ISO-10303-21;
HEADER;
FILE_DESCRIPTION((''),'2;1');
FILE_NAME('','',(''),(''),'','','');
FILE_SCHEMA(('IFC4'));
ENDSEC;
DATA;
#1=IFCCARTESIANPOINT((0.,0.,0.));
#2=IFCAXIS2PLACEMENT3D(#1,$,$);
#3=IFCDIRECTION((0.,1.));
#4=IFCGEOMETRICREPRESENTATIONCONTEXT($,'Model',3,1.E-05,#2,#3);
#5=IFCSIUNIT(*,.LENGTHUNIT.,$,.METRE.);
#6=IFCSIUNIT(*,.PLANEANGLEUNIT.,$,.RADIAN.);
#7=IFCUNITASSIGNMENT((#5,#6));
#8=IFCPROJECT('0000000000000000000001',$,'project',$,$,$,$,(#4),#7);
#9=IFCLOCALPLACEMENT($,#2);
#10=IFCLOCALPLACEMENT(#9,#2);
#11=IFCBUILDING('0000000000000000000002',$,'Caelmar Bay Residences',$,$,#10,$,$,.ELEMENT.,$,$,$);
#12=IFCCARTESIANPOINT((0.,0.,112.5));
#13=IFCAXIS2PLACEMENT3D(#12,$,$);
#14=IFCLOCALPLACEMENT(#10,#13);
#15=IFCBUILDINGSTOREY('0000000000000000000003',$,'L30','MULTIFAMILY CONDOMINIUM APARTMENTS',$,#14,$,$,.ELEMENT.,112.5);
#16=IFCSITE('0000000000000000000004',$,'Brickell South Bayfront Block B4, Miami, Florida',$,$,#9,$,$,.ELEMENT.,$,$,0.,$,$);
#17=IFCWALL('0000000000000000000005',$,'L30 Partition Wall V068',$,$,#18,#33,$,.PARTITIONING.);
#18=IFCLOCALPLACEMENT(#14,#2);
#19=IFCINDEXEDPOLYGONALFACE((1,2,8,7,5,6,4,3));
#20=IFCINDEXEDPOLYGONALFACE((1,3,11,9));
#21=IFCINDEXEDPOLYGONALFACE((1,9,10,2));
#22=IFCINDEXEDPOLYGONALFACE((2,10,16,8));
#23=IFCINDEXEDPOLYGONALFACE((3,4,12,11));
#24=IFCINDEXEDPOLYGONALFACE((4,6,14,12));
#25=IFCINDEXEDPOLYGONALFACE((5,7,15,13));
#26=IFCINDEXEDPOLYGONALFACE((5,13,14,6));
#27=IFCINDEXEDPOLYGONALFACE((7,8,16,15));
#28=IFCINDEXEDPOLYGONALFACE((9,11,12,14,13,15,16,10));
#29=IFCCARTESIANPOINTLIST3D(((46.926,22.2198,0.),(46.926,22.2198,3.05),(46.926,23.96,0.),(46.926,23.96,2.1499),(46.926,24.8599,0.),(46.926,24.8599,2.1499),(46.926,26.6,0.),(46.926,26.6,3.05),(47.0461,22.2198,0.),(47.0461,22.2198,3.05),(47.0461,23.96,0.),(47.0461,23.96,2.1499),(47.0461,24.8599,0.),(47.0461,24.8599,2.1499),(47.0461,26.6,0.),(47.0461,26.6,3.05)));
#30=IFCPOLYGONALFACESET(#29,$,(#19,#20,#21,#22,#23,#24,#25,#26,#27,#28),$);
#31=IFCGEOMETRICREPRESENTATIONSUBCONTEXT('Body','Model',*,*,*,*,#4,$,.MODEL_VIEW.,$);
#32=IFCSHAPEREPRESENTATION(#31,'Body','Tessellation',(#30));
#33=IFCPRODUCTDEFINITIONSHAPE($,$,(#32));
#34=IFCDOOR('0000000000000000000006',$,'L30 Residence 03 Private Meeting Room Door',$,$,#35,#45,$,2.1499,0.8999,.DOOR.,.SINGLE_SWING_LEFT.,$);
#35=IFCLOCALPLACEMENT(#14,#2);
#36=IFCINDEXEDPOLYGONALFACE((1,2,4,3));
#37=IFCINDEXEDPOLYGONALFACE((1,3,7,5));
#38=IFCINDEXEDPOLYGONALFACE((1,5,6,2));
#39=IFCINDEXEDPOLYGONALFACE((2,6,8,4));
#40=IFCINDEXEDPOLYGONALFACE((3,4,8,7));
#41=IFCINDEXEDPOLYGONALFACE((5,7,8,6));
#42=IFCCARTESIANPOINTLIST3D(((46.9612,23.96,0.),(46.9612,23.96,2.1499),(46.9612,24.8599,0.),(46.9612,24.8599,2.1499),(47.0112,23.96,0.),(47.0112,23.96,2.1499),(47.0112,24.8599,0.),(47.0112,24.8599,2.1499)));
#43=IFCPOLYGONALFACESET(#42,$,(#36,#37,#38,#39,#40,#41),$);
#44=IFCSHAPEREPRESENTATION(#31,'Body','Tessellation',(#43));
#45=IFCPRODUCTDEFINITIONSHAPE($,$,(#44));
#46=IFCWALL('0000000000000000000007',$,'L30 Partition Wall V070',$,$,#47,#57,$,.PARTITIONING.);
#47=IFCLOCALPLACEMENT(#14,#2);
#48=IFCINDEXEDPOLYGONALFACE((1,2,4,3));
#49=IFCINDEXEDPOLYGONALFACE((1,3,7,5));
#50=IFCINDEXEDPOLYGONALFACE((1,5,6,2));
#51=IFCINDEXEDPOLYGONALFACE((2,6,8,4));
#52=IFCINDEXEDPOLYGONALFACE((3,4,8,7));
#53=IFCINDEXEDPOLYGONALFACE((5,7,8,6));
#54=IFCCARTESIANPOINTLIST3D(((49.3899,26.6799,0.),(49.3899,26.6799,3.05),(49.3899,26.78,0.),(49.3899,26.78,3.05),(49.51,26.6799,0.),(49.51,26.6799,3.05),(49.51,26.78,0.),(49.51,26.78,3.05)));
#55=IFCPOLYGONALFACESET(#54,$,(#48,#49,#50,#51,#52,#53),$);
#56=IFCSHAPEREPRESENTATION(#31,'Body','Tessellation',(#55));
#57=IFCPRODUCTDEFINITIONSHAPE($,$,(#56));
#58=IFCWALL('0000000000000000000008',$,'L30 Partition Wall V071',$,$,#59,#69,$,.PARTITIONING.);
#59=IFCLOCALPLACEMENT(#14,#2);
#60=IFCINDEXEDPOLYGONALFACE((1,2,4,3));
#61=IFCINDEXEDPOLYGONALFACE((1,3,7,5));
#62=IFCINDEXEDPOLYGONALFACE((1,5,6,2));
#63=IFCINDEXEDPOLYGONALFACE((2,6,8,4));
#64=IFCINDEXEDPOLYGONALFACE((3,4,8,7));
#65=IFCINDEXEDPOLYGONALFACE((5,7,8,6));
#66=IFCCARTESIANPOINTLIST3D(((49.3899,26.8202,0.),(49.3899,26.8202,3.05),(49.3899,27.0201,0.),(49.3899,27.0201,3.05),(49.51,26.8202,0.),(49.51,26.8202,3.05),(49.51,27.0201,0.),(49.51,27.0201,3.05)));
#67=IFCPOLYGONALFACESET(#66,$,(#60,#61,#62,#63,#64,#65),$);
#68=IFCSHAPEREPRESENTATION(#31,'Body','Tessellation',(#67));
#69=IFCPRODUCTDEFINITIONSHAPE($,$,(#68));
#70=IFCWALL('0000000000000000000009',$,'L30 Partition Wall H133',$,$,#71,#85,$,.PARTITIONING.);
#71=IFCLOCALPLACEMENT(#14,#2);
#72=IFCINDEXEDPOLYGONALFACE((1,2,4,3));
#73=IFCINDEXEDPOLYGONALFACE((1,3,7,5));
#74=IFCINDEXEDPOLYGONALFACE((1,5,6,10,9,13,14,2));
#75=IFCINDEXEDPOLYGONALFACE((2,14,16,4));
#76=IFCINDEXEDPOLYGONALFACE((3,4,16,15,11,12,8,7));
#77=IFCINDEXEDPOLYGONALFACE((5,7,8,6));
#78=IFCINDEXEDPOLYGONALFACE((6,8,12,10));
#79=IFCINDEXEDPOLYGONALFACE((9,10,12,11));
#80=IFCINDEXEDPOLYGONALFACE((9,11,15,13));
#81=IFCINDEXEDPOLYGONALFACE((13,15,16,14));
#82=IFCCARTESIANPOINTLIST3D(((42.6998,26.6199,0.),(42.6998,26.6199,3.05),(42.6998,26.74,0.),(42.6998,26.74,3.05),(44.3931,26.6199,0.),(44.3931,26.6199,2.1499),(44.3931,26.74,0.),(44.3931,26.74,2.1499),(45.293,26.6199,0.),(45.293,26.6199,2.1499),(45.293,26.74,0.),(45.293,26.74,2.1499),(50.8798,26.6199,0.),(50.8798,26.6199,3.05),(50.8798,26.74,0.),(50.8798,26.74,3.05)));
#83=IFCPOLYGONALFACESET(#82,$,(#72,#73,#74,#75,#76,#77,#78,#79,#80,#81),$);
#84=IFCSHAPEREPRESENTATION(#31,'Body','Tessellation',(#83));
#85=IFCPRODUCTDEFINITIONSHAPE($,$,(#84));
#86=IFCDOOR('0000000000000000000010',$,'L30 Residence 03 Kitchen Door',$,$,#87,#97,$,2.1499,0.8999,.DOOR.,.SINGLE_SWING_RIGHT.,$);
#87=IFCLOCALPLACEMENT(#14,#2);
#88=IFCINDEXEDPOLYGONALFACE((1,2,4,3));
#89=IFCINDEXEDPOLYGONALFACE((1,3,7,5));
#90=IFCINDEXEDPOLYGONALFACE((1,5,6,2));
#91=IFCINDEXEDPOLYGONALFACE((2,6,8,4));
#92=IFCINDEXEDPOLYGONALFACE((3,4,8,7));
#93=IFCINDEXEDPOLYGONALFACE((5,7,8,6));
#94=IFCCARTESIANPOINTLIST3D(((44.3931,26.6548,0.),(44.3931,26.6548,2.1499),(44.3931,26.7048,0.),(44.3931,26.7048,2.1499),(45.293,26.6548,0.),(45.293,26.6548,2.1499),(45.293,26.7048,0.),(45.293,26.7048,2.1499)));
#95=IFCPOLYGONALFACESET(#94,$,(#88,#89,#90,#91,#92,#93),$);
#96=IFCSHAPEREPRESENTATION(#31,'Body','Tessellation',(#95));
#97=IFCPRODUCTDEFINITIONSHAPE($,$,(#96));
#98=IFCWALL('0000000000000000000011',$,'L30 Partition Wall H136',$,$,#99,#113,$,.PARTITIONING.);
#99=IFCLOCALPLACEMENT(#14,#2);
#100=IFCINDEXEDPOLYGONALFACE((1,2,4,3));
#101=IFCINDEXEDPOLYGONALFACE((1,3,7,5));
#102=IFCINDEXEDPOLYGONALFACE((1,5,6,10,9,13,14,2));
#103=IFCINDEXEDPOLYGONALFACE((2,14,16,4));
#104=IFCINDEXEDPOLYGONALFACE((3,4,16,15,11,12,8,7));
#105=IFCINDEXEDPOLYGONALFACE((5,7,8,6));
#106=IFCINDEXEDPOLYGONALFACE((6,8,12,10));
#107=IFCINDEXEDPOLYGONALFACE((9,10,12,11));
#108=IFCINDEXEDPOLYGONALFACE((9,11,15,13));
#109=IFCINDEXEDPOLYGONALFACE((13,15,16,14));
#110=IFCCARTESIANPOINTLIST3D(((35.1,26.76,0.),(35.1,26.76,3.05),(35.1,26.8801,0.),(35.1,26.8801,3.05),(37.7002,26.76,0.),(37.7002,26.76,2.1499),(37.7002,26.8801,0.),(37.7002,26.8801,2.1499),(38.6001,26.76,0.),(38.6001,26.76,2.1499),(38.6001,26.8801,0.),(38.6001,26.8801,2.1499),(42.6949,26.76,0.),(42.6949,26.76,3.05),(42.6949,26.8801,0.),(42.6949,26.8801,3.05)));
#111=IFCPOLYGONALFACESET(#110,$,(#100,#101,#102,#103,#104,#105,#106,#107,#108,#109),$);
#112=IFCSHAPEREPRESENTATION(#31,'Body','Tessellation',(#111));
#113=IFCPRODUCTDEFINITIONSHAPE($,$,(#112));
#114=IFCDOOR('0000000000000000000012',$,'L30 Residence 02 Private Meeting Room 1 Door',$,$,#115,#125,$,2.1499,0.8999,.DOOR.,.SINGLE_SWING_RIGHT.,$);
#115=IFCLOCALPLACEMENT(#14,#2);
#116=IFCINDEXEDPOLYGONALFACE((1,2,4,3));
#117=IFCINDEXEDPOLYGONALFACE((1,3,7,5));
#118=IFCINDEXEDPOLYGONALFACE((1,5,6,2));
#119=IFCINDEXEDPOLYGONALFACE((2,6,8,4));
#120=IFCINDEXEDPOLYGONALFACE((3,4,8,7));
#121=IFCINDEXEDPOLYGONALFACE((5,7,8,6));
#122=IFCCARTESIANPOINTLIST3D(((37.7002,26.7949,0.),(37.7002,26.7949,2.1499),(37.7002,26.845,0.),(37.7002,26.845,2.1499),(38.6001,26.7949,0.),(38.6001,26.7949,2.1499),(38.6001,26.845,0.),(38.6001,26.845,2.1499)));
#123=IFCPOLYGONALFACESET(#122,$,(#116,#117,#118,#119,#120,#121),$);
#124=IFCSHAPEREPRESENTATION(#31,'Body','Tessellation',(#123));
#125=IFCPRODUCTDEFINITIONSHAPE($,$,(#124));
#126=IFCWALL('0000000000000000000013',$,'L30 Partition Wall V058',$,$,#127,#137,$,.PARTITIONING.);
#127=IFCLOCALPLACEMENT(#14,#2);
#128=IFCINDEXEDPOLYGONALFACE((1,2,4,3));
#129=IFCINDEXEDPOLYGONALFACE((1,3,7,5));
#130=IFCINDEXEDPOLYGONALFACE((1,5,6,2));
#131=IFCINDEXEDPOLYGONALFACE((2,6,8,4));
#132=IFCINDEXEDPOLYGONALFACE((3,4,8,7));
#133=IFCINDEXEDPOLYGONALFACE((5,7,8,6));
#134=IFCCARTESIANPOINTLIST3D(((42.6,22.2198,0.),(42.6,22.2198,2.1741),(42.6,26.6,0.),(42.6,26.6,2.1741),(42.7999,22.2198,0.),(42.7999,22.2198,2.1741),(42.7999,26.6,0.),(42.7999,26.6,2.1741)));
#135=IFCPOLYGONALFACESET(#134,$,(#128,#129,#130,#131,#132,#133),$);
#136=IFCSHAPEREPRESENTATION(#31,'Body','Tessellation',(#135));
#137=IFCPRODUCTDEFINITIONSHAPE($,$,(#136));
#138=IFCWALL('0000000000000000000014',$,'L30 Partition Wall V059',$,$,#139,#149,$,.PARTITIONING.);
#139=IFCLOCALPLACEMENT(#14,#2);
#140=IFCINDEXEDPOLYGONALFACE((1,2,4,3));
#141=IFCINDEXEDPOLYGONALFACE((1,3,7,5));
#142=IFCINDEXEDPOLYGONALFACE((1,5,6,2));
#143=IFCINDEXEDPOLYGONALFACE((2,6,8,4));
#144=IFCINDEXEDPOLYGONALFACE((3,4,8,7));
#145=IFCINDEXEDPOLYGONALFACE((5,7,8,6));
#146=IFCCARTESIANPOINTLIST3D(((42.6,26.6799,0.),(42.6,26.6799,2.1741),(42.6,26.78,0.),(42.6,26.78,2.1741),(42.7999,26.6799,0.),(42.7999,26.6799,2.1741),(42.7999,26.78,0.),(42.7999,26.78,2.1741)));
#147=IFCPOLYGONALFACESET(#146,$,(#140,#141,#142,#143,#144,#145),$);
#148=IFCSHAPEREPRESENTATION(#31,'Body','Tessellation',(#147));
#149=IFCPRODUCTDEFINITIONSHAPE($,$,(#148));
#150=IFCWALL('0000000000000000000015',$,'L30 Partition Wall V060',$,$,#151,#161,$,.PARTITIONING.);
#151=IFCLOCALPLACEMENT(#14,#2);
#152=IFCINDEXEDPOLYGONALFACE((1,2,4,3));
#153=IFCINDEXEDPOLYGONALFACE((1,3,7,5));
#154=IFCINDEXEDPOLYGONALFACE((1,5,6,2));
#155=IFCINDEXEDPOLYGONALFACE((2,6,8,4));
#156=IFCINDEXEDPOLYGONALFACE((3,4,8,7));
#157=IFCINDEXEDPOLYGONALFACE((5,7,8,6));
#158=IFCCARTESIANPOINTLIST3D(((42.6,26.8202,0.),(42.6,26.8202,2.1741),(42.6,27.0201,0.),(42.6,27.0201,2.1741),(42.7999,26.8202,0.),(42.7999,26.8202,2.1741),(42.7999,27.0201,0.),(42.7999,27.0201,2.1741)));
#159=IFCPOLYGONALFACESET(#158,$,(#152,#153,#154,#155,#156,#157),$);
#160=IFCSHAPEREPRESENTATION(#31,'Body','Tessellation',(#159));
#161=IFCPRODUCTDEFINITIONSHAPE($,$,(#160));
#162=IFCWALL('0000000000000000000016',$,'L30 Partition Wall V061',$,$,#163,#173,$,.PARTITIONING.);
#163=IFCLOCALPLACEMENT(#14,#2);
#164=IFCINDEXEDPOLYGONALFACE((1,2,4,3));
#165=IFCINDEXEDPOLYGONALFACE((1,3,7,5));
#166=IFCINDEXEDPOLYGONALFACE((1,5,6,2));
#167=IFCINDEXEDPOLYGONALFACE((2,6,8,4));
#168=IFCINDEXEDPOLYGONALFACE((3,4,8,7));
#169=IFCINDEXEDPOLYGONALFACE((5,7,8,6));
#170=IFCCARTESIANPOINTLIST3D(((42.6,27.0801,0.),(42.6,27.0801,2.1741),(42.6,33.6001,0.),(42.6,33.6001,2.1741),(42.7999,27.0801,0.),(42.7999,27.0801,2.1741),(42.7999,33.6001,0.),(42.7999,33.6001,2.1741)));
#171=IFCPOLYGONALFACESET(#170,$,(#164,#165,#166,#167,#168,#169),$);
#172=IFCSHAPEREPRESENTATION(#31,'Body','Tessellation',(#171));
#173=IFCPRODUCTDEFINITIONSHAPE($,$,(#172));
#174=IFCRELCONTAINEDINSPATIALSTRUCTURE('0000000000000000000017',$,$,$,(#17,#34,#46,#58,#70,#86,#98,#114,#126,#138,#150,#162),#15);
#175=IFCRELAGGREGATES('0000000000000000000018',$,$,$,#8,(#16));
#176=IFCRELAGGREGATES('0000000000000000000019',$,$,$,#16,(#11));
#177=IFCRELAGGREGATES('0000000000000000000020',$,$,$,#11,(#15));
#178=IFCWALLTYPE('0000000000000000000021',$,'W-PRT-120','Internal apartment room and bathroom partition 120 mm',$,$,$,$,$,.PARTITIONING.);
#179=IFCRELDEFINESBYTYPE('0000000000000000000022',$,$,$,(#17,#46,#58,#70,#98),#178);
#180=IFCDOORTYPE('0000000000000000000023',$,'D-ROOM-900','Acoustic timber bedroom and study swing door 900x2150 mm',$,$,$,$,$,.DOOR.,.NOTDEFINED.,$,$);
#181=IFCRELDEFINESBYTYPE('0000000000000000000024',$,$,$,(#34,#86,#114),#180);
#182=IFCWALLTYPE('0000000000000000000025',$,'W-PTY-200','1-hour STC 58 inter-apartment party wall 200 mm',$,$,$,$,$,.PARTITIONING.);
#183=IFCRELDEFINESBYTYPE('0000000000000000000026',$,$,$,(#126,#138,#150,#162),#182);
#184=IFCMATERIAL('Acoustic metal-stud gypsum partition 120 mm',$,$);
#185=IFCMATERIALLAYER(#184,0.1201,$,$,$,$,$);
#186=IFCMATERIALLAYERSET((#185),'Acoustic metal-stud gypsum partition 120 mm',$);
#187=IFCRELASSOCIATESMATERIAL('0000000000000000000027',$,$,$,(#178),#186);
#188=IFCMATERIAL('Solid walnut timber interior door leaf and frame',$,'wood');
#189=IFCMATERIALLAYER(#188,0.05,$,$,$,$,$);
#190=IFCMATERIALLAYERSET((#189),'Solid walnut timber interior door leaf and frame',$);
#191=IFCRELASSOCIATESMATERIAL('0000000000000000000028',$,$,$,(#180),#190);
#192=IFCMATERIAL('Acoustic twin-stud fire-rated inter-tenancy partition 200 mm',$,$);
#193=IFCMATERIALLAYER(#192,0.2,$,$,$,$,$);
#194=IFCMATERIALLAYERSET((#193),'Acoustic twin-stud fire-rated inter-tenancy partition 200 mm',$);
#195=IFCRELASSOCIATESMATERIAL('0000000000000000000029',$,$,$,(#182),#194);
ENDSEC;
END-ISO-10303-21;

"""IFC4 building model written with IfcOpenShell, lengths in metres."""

from ifc_helpers import new_model, si_unit, direction, frame, frame_2d, origin, place, context, subcontext, project, spatial, rectangle, extrude, material, layer, layer_set, type_object, element, fill, save


model = new_model("IFC4")

# Units and contexts
model_context = context("Model", 3, precision=1e-05, world=origin(), true_north=direction((0.0, 1.0)))
body_context = subcontext(model_context, "Body", "Model", "MODEL_VIEW")
ifc_project = project(units=[si_unit("LENGTHUNIT", "METRE"), si_unit("PLANEANGLEUNIT", "RADIAN")], contexts=[model_context])

# Site, building, storey
site_placement = place(None, origin())
site = spatial("IfcSite", under=ifc_project, at=site_placement, Name="Brickell South Bayfront Block B4, Miami, Florida", CompositionType="ELEMENT", RefElevation=0.0)
building_placement = place(site_placement, origin())
building = spatial("IfcBuilding", under=site, at=building_placement, Name="Caelmar Bay Residences", CompositionType="ELEMENT")
storey_placement = place(building_placement, frame((0.0, 0.0, 112.5)))
storey = spatial("IfcBuildingStorey", under=building, at=storey_placement, Name="L30", Description="MULTIFAMILY CONDOMINIUM APARTMENTS", CompositionType="ELEMENT", Elevation=112.5)

# Shared definitions
ifc_material_1 = material(Name="Acoustic metal-stud gypsum partition 120 mm")
ifc_layer_1 = layer(ifc_material_1, 0.1201)
ifc_layer_set_1 = layer_set([ifc_layer_1], Name="Acoustic metal-stud gypsum partition 120 mm")
wall_type_1 = type_object("IfcWallType", Name="W-PRT-120", Description="Internal apartment room and bathroom partition 120 mm", PredefinedType="PARTITIONING", material=ifc_layer_set_1)

# Wall, opening, door
ifc_material_2 = material(Name="Solid walnut timber interior door leaf and frame", Category="wood")
wall_1_placement = place(storey_placement, frame((46.9861, 22.22, 0.0), z_axis=(0.0, 0.0, 1.0), x_axis=(0.0, 1.0, 0.0)))
wall_1 = element("IfcWall", 1, at=wall_1_placement, inside=storey, type_object=wall_type_1, Name="L30 Partition Wall V068", PredefinedType="PARTITIONING", context=body_context, shape_type="SweptSolid", body=[
    extrude(rectangle(XDim=4.3801, YDim=0.1201, at=frame_2d((2.1899, 0.0))), origin(), (0.0, 0.0, 1.0), 3.05),
])
opening_1_placement = place(wall_1_placement, frame((1.74, 0.0, 0.0)))
opening_1 = element("IfcOpeningElement", 2, at=opening_1_placement, cuts=wall_1, PredefinedType="OPENING", context=body_context, shape_type="SweptSolid", body=[
    extrude(rectangle(XDim=0.8999, YDim=2.1499, at=frame_2d((0.45, 1.075))), frame((0.0, 0.0701, 0.0), z_axis=(0.0, -1.0, 0.0), x_axis=(1.0, 0.0, 0.0)), (0.0, 0.0, 1.0), 0.1401),
])
ifc_layer_2 = layer(ifc_material_2, 0.05)
ifc_layer_set_2 = layer_set([ifc_layer_2], Name="Solid walnut timber interior door leaf and frame")
door_type_1 = type_object("IfcDoorType", Name="D-ROOM-900", Description="Acoustic timber bedroom and study swing door 900x2150 mm", OperationType="NOTDEFINED", PredefinedType="DOOR", material=ifc_layer_set_2)
door_1_placement = place(opening_1_placement, origin())
door_1 = element("IfcDoor", 3, at=door_1_placement, inside=storey, type_object=door_type_1, Name="L30 Residence 03 Private Meeting Room Door", OperationType="SINGLE_SWING_LEFT", OverallHeight=2.1499, OverallWidth=0.8999, PredefinedType="DOOR", context=body_context, shape_type="SweptSolid", body=[
    extrude(rectangle(XDim=0.8999, YDim=2.1499, at=frame_2d((0.45, 1.075))), frame((0.0, 0.0249, 0.0), z_axis=(0.0, -1.0, 0.0), x_axis=(1.0, 0.0, 0.0)), (0.0, 0.0, 1.0), 0.05),
])
fill(opening_1, door_1)

# Walls
wall_2_placement = place(storey_placement, frame((49.45, 26.6799, 0.0), z_axis=(0.0, 0.0, 1.0), x_axis=(0.0, 1.0, 0.0)))
element("IfcWall", 4, at=wall_2_placement, inside=storey, type_object=wall_type_1, Name="L30 Partition Wall V070", PredefinedType="PARTITIONING", context=body_context, shape_type="SweptSolid", body=[
    extrude(rectangle(XDim=0.1001, YDim=0.1201, at=frame_2d((0.05, 0.0))), origin(), (0.0, 0.0, 1.0), 3.05),
])
wall_3_placement = place(storey_placement, frame((49.45, 26.8201, 0.0), z_axis=(0.0, 0.0, 1.0), x_axis=(0.0, 1.0, 0.0)))
element("IfcWall", 5, at=wall_3_placement, inside=storey, type_object=wall_type_1, Name="L30 Partition Wall V071", PredefinedType="PARTITIONING", context=body_context, shape_type="SweptSolid", body=[
    extrude(rectangle(XDim=0.2, YDim=0.1201, at=frame_2d((0.1001, 0.0))), origin(), (0.0, 0.0, 1.0), 3.05),
])

# Walls, openings, doors
wall_4_placement = place(storey_placement, frame((42.7, 26.6799, 0.0), z_axis=(0.0, 0.0, 1.0), x_axis=(1.0, 0.0, 0.0)))
wall_4 = element("IfcWall", 6, at=wall_4_placement, inside=storey, type_object=wall_type_1, Name="L30 Partition Wall H133", PredefinedType="PARTITIONING", context=body_context, shape_type="SweptSolid", body=[
    extrude(rectangle(XDim=8.1799, YDim=0.1201, at=frame_2d((4.0898, 0.0))), origin(), (0.0, 0.0, 1.0), 3.05),
])
opening_2_placement = place(wall_4_placement, frame((1.6931, 0.0, 0.0)))
opening_2 = element("IfcOpeningElement", 7, at=opening_2_placement, cuts=wall_4, PredefinedType="OPENING", context=body_context, shape_type="SweptSolid", body=[
    extrude(rectangle(XDim=0.8999, YDim=2.1499, at=frame_2d((0.45, 1.075))), frame((0.0, 0.0701, 0.0), z_axis=(0.0, -1.0, 0.0), x_axis=(1.0, 0.0, 0.0)), (0.0, 0.0, 1.0), 0.1401),
])
door_2_placement = place(opening_2_placement, origin())
door_2 = element("IfcDoor", 8, at=door_2_placement, inside=storey, type_object=door_type_1, Name="L30 Residence 03 Kitchen Door", OperationType="SINGLE_SWING_RIGHT", OverallHeight=2.1499, OverallWidth=0.8999, PredefinedType="DOOR", context=body_context, shape_type="SweptSolid", body=[
    extrude(rectangle(XDim=0.8999, YDim=2.1499, at=frame_2d((0.45, 1.075))), frame((0.0, 0.0249, 0.0), z_axis=(0.0, -1.0, 0.0), x_axis=(1.0, 0.0, 0.0)), (0.0, 0.0, 1.0), 0.05),
])
fill(opening_2, door_2)
wall_5_placement = place(storey_placement, frame((35.1001, 26.8201, 0.0), z_axis=(0.0, 0.0, 1.0), x_axis=(1.0, 0.0, 0.0)))
wall_5 = element("IfcWall", 9, at=wall_5_placement, inside=storey, type_object=wall_type_1, Name="L30 Partition Wall H136", PredefinedType="PARTITIONING", context=body_context, shape_type="SweptSolid", body=[
    extrude(rectangle(XDim=7.595, YDim=0.1201, at=frame_2d((3.7974, 0.0))), origin(), (0.0, 0.0, 1.0), 3.05),
])
opening_3_placement = place(wall_5_placement, frame((2.6001, 0.0, 0.0)))
opening_3 = element("IfcOpeningElement", 10, at=opening_3_placement, cuts=wall_5, PredefinedType="OPENING", context=body_context, shape_type="SweptSolid", body=[
    extrude(rectangle(XDim=0.8999, YDim=2.1499, at=frame_2d((0.45, 1.075))), frame((0.0, 0.0701, 0.0), z_axis=(0.0, -1.0, 0.0), x_axis=(1.0, 0.0, 0.0)), (0.0, 0.0, 1.0), 0.1401),
])
door_3_placement = place(opening_3_placement, origin())
door_3 = element("IfcDoor", 11, at=door_3_placement, inside=storey, type_object=door_type_1, Name="L30 Residence 02 Private Meeting Room 1 Door", OperationType="SINGLE_SWING_RIGHT", OverallHeight=2.1499, OverallWidth=0.8999, PredefinedType="DOOR", context=body_context, shape_type="SweptSolid", body=[
    extrude(rectangle(XDim=0.8999, YDim=2.1499, at=frame_2d((0.45, 1.075))), frame((0.0, 0.0249, 0.0), z_axis=(0.0, -1.0, 0.0), x_axis=(1.0, 0.0, 0.0)), (0.0, 0.0, 1.0), 0.05),
])
fill(opening_3, door_3)

# Walls
ifc_material_3 = material(Name="Acoustic twin-stud fire-rated inter-tenancy partition 200 mm")
ifc_layer_3 = layer(ifc_material_3, 0.2)
ifc_layer_set_3 = layer_set([ifc_layer_3], Name="Acoustic twin-stud fire-rated inter-tenancy partition 200 mm")
wall_type_2 = type_object("IfcWallType", Name="W-PTY-200", Description="1-hour STC 58 inter-apartment party wall 200 mm", PredefinedType="PARTITIONING", material=ifc_layer_set_3)
wall_6_placement = place(storey_placement, frame((42.7, 22.22, 0.0), z_axis=(0.0, 0.0, 1.0), x_axis=(0.0, 1.0, 0.0)))
element("IfcWall", 12, at=wall_6_placement, inside=storey, type_object=wall_type_2, Name="L30 Partition Wall V058", PredefinedType="PARTITIONING", context=body_context, shape_type="SweptSolid", body=[
    extrude(rectangle(XDim=4.3801, YDim=0.2, at=frame_2d((2.1899, 0.0))), origin(), (0.0, 0.0, 1.0), 2.1741),
])
wall_7_placement = place(storey_placement, frame((42.7, 26.6799, 0.0), z_axis=(0.0, 0.0, 1.0), x_axis=(0.0, 1.0, 0.0)))
element("IfcWall", 13, at=wall_7_placement, inside=storey, type_object=wall_type_2, Name="L30 Partition Wall V059", PredefinedType="PARTITIONING", context=body_context, shape_type="SweptSolid", body=[
    extrude(rectangle(XDim=0.1001, YDim=0.2, at=frame_2d((0.05, 0.0))), origin(), (0.0, 0.0, 1.0), 2.1741),
])
wall_8_placement = place(storey_placement, frame((42.7, 26.8201, 0.0), z_axis=(0.0, 0.0, 1.0), x_axis=(0.0, 1.0, 0.0)))
element("IfcWall", 14, at=wall_8_placement, inside=storey, type_object=wall_type_2, Name="L30 Partition Wall V060", PredefinedType="PARTITIONING", context=body_context, shape_type="SweptSolid", body=[
    extrude(rectangle(XDim=0.2, YDim=0.2, at=frame_2d((0.1001, 0.0))), origin(), (0.0, 0.0, 1.0), 2.1741),
])
wall_9_placement = place(storey_placement, frame((42.7, 27.0801, 0.0), z_axis=(0.0, 0.0, 1.0), x_axis=(0.0, 1.0, 0.0)))
element("IfcWall", 15, at=wall_9_placement, inside=storey, type_object=wall_type_2, Name="L30 Partition Wall V061", PredefinedType="PARTITIONING", context=body_context, shape_type="SweptSolid", body=[
    extrude(rectangle(XDim=6.52, YDim=0.2, at=frame_2d((3.26, 0.0))), origin(), (0.0, 0.0, 1.0), 2.1741),
])

save(model, "model.ifc")
